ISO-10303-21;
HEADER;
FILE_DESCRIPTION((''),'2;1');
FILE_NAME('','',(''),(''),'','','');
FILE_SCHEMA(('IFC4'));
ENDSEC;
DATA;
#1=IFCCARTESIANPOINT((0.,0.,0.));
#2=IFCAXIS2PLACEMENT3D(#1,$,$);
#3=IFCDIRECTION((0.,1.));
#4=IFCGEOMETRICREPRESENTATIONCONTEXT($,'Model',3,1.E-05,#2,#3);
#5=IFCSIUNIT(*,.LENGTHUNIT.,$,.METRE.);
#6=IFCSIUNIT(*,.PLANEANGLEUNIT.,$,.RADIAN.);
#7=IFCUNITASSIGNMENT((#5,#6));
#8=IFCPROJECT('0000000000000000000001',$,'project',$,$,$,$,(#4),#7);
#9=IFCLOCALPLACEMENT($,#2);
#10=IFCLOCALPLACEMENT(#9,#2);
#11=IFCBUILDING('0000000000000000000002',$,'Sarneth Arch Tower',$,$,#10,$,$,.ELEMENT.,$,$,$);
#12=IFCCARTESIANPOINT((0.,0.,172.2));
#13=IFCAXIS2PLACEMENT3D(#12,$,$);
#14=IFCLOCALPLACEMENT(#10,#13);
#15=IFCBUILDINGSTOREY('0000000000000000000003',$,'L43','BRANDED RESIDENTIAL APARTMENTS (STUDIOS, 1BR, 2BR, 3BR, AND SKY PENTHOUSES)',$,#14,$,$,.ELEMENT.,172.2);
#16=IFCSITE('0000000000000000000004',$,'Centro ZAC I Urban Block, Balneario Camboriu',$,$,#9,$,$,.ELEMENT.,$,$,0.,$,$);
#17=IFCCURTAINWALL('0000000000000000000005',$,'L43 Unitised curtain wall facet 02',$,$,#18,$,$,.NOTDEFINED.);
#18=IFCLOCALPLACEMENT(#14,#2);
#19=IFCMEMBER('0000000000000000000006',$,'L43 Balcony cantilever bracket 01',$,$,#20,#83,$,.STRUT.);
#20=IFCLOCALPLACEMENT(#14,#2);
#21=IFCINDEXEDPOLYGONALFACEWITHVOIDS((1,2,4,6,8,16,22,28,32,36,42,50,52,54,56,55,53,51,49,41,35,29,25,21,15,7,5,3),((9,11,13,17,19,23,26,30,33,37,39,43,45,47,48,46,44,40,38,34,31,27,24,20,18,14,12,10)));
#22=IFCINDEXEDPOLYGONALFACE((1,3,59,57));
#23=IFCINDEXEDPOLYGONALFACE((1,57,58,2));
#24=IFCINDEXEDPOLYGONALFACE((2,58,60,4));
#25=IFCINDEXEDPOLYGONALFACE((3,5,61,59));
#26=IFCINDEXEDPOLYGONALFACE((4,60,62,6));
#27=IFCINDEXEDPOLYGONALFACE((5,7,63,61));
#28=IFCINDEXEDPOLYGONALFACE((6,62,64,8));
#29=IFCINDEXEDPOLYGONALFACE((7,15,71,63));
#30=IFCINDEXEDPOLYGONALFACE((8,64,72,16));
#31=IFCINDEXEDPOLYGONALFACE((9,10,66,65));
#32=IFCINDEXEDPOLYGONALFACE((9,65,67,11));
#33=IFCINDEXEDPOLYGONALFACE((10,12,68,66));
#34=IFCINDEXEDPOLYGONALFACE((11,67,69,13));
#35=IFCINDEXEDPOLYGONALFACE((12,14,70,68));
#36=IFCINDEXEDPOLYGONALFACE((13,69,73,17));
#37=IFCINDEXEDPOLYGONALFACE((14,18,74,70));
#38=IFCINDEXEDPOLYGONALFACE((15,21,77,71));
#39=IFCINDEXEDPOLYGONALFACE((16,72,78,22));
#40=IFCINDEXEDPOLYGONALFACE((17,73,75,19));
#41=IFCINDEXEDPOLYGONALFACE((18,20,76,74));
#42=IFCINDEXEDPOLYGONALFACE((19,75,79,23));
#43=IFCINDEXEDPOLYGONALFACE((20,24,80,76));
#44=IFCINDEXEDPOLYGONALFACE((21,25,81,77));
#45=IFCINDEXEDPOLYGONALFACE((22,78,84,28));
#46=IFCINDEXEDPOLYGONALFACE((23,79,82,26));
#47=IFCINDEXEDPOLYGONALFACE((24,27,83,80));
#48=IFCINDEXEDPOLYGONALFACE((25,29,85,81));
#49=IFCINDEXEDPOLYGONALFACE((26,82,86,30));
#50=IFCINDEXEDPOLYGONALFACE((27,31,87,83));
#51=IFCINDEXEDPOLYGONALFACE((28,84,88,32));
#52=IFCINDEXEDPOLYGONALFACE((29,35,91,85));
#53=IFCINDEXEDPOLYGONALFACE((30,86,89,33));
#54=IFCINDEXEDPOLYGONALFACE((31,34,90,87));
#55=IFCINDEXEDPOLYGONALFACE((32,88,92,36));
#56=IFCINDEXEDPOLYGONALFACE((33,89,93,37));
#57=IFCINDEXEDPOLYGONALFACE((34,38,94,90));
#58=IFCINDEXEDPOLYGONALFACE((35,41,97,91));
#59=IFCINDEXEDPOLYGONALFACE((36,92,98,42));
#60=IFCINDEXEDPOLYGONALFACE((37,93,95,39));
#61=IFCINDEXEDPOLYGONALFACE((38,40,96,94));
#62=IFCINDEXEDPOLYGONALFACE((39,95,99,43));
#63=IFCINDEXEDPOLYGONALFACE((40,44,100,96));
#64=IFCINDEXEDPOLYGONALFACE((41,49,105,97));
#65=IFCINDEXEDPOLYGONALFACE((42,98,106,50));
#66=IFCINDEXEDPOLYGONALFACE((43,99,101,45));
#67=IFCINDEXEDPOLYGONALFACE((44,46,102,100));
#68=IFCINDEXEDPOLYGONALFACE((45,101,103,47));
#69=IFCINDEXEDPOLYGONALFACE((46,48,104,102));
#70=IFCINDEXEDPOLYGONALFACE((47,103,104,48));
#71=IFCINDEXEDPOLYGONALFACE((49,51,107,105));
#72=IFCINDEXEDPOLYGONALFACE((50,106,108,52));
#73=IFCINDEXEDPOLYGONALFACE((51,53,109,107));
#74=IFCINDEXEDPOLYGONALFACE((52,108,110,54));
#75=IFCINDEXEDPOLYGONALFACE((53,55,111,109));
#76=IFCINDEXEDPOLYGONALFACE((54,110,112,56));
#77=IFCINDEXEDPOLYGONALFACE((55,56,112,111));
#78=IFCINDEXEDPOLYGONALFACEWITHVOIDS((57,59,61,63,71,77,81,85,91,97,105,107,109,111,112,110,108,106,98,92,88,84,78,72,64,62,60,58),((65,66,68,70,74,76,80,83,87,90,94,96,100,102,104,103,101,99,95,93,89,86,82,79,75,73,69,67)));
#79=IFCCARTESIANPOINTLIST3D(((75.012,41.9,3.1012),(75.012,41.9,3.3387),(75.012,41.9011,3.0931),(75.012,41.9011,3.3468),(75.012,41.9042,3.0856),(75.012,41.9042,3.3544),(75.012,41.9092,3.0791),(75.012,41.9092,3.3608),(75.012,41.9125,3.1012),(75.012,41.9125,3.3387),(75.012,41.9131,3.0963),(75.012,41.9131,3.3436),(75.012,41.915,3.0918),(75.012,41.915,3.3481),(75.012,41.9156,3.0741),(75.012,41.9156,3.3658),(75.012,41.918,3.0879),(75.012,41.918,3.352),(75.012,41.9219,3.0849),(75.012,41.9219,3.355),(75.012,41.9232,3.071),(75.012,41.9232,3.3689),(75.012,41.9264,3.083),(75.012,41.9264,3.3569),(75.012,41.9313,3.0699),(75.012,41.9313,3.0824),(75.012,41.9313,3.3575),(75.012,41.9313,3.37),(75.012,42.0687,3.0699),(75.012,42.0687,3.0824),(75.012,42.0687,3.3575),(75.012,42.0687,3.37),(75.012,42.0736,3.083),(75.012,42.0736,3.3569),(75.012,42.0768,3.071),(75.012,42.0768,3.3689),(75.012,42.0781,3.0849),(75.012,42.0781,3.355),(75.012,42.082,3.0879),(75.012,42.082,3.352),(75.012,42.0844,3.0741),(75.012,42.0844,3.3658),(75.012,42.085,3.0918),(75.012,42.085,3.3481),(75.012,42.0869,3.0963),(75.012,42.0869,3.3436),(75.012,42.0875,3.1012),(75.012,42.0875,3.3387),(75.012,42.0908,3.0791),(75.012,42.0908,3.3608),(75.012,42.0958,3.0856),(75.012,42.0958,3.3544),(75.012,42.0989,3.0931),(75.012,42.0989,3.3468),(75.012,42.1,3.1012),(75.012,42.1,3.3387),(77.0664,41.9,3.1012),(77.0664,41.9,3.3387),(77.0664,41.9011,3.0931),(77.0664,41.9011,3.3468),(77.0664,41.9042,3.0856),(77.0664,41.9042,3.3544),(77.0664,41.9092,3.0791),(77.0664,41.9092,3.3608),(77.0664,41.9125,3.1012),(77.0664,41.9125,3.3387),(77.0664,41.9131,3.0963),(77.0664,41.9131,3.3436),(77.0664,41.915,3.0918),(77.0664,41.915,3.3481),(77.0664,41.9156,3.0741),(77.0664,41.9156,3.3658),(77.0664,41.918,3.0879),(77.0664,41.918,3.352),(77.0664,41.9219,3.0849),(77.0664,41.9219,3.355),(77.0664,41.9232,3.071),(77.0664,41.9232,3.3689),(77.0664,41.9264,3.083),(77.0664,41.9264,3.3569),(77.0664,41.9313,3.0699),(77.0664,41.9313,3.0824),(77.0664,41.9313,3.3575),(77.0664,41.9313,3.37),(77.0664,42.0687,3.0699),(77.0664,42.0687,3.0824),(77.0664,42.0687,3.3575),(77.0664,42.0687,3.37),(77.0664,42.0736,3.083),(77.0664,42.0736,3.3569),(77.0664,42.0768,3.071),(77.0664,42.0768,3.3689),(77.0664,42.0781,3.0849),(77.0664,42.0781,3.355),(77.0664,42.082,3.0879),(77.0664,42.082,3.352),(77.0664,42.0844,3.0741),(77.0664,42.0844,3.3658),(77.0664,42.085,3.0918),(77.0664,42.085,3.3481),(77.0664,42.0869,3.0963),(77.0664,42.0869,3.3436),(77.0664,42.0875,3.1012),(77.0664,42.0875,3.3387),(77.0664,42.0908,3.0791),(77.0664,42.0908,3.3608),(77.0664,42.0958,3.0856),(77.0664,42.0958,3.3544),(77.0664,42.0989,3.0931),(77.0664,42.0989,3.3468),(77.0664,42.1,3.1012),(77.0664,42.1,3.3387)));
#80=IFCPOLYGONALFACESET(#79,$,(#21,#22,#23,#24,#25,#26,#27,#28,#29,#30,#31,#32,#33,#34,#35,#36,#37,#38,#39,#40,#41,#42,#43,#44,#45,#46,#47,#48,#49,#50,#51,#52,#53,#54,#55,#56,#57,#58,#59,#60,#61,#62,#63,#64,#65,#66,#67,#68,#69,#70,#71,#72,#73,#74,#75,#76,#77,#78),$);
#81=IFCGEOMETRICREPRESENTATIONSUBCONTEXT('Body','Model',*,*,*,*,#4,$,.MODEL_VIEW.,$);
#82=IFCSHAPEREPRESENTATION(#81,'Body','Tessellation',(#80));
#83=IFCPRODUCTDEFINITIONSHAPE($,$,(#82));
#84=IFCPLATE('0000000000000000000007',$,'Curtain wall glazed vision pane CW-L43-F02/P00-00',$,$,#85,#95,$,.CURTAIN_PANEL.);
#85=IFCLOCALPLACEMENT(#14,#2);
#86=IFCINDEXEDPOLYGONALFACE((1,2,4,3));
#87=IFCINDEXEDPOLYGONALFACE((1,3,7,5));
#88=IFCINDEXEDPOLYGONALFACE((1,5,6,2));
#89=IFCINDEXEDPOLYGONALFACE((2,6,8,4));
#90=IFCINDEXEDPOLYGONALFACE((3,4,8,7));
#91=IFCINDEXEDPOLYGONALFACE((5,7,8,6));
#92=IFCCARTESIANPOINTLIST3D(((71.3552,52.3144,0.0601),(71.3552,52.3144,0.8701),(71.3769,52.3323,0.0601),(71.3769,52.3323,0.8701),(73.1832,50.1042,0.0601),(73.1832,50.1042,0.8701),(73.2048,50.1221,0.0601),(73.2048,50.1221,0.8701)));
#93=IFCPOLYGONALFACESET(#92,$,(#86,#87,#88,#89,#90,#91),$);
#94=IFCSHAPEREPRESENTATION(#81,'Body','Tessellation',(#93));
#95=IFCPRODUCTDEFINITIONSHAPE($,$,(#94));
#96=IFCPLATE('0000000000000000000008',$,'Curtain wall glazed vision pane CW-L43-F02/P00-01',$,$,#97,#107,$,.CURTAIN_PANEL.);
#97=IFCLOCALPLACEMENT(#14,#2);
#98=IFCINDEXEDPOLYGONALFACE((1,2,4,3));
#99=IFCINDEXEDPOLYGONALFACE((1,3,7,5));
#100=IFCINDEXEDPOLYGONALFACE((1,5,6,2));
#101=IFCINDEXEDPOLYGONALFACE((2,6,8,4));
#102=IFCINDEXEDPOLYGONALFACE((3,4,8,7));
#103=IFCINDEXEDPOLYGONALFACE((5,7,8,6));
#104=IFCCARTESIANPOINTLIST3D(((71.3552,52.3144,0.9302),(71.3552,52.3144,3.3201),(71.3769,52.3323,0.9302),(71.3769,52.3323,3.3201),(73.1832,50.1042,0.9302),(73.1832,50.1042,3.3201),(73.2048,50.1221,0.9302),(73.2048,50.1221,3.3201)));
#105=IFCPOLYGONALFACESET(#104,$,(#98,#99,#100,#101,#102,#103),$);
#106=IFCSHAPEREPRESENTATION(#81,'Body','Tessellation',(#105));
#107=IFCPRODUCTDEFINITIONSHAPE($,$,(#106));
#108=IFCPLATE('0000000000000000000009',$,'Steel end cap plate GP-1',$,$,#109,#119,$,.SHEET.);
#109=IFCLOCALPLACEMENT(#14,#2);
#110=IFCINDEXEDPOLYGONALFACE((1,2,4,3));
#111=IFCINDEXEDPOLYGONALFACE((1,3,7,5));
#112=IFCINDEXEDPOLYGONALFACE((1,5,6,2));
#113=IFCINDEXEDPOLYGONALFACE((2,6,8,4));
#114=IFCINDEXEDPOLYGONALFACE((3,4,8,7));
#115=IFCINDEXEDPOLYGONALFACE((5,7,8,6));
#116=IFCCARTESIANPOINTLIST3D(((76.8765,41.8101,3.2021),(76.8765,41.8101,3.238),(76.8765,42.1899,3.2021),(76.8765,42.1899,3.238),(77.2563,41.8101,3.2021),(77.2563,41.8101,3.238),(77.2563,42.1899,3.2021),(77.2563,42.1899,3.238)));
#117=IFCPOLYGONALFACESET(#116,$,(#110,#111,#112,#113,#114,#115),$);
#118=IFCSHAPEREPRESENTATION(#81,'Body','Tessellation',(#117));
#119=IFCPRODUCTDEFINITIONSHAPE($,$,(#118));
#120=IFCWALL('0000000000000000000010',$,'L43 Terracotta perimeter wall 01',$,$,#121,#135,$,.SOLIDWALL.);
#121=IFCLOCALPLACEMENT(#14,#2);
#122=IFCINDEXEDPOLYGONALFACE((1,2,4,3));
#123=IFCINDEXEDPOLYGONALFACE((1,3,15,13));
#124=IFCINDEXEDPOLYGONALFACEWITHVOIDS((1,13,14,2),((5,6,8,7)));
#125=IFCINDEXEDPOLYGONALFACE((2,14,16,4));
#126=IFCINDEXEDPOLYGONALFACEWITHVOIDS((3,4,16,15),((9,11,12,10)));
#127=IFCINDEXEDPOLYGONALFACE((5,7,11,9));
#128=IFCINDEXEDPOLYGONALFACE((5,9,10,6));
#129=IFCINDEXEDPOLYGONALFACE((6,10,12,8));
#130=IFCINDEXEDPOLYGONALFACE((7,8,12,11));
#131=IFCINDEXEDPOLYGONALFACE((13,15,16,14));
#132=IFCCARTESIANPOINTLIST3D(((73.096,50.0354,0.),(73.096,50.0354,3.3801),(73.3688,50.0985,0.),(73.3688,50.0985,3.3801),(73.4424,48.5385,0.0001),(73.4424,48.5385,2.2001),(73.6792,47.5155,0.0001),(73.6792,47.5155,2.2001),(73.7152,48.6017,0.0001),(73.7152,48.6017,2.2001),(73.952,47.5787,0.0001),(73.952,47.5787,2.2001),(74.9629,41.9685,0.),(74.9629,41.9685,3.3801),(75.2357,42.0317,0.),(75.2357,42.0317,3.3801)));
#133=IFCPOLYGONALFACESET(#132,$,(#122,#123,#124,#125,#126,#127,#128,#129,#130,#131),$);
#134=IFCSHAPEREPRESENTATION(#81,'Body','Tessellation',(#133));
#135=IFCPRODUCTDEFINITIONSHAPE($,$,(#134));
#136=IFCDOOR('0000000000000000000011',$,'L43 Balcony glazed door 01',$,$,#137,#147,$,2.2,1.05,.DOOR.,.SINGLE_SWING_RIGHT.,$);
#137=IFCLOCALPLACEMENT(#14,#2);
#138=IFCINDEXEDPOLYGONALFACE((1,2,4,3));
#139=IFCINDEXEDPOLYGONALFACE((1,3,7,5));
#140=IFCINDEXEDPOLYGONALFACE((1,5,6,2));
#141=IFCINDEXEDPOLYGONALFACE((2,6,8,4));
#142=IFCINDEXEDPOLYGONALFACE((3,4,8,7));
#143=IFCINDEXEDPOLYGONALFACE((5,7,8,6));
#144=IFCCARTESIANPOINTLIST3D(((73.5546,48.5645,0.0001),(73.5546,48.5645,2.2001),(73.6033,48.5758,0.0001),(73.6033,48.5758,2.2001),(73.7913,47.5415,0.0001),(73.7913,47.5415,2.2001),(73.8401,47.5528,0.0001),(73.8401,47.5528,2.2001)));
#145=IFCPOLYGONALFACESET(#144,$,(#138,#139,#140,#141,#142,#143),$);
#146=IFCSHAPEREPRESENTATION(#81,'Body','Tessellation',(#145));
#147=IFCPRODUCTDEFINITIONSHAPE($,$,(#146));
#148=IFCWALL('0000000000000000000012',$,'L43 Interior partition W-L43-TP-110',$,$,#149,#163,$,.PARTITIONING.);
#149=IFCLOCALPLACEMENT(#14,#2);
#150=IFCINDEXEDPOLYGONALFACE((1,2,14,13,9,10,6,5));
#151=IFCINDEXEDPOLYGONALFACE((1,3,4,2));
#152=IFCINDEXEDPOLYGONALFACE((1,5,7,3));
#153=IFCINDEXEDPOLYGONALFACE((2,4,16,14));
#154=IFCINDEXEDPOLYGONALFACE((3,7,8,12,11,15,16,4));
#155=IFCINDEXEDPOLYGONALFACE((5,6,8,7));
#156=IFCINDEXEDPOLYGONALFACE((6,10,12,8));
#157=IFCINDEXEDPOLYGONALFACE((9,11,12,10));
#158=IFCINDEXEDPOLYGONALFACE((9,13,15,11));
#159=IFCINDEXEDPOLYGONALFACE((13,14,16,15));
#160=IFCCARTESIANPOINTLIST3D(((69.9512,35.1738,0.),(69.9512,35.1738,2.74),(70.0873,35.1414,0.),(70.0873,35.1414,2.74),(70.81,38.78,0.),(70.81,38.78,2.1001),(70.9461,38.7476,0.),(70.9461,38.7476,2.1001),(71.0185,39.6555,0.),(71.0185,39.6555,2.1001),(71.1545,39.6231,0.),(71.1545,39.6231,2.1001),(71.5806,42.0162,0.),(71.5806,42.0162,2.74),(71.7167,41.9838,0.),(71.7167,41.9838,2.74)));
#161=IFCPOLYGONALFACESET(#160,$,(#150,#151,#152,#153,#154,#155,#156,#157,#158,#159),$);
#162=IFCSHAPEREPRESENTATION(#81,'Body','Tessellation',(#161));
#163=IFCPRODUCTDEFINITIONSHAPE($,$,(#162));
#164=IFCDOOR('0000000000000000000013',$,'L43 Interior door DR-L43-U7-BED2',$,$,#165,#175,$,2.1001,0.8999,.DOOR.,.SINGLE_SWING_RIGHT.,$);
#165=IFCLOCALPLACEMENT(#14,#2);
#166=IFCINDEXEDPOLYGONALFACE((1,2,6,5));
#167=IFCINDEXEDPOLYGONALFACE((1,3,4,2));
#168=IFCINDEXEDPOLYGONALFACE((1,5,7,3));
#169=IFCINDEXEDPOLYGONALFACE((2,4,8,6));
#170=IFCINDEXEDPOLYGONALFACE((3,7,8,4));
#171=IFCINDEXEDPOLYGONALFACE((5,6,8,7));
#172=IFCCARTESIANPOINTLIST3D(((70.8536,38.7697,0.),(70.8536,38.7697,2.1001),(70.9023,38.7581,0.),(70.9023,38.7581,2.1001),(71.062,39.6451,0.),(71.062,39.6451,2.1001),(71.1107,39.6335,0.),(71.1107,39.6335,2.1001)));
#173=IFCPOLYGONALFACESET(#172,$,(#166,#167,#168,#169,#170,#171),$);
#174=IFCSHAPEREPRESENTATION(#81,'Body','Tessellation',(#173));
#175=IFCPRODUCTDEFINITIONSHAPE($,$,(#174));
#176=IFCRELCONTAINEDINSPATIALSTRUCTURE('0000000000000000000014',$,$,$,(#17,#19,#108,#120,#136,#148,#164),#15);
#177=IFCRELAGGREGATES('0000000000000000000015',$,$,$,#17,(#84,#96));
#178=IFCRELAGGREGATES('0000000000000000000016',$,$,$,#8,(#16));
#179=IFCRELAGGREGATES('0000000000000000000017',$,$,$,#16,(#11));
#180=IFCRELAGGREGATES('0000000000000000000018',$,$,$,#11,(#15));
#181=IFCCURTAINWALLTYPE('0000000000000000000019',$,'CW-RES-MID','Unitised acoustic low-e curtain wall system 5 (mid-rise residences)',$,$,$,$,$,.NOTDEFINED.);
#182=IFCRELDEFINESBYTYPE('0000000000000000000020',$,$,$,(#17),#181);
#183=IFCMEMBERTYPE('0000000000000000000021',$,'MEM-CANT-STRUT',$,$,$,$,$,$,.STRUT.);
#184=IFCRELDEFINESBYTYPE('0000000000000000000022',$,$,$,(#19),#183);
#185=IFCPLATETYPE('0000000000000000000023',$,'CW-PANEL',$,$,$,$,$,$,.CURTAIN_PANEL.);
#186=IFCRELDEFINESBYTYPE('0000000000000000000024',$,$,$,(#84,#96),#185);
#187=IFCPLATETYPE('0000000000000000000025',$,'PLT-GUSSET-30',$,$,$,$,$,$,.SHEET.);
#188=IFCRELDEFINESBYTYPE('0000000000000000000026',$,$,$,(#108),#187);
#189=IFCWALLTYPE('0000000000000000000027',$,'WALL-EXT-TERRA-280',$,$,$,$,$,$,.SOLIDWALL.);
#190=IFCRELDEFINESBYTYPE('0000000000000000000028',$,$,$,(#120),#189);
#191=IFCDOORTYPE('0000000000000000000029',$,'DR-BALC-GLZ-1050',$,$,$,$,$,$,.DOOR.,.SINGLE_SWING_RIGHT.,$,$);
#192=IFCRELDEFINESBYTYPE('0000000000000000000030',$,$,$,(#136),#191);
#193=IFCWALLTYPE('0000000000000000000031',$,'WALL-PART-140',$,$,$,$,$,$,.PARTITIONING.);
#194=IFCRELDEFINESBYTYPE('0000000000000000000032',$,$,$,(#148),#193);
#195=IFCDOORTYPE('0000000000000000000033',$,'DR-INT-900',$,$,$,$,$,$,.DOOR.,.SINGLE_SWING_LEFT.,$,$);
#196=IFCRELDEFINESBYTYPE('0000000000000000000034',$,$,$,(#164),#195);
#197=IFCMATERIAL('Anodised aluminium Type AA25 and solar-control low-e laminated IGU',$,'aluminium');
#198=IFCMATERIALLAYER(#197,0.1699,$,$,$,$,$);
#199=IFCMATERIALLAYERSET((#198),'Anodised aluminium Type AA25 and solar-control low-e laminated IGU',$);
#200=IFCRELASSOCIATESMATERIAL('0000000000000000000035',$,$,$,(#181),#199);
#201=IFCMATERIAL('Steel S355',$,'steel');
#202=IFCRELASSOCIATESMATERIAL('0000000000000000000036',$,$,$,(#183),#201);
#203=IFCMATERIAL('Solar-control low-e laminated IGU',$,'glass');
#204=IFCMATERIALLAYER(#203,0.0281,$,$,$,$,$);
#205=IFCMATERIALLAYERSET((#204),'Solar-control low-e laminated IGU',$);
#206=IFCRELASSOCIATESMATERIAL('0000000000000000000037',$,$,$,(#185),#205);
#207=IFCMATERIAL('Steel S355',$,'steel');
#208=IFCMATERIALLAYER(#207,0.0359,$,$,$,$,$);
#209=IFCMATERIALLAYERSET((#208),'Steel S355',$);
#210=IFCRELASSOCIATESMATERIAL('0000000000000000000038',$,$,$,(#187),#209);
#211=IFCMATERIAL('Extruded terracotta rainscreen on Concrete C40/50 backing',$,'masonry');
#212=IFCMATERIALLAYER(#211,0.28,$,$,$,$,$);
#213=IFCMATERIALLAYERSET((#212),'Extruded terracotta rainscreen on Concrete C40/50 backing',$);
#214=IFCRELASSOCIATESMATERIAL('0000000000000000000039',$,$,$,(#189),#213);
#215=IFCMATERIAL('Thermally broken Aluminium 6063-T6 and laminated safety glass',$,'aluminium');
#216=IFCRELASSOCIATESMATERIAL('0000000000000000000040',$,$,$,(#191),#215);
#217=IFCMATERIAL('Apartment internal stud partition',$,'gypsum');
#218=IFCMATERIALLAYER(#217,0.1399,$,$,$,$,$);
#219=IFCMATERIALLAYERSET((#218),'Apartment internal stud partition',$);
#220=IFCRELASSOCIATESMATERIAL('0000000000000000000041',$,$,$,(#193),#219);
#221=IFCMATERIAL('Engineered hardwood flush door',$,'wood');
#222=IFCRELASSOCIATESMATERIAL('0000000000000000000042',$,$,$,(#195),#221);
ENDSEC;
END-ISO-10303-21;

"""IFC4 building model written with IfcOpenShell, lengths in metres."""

from ifc_helpers import new_model, si_unit, direction, frame, frame_2d, origin, origin_2d, place, context, subcontext, project, spatial, rectangle, hollow_rectangle, extrude, material, layer, layer_set, material_profile, profile_set, type_object, element, fill, aggregate, save


model = new_model("IFC4")

# Units and contexts
model_context = context("Model", 3, precision=1e-05, world=origin(), true_north=direction((0.0, 1.0)))
body_context = subcontext(model_context, "Body", "Model", "MODEL_VIEW")
ifc_project = project(units=[si_unit("LENGTHUNIT", "METRE"), si_unit("PLANEANGLEUNIT", "RADIAN")], contexts=[model_context])

# Site, building, storey
site_placement = place(None, origin())
site = spatial("IfcSite", under=ifc_project, at=site_placement, Name="Centro ZAC I Urban Block, Balneario Camboriu", CompositionType="ELEMENT", RefElevation=0.0)
building_placement = place(site_placement, origin())
building = spatial("IfcBuilding", under=site, at=building_placement, Name="Sarneth Arch Tower", CompositionType="ELEMENT")
storey_placement = place(building_placement, frame((0.0, 0.0, 172.2)))
storey = spatial("IfcBuildingStorey", under=building, at=storey_placement, Name="L43", Description="BRANDED RESIDENTIAL APARTMENTS (STUDIOS, 1BR, 2BR, 3BR, AND SKY PENTHOUSES)", CompositionType="ELEMENT", Elevation=172.2)

# Curtain wall
ifc_material_1 = material(Name="Anodised aluminium Type AA25 and solar-control low-e laminated IGU", Category="aluminium")
ifc_layer_1 = layer(ifc_material_1, 0.1699)
ifc_layer_set_1 = layer_set([ifc_layer_1], Name="Anodised aluminium Type AA25 and solar-control low-e laminated IGU")
curtain_wall_type = type_object("IfcCurtainWallType", Name="CW-RES-MID", Description="Unitised acoustic low-e curtain wall system 5 (mid-rise residences)", PredefinedType="NOTDEFINED", material=ifc_layer_set_1)
curtain_wall_placement = place(storey_placement, origin())
curtain_wall = element("IfcCurtainWall", 1, at=curtain_wall_placement, inside=storey, type_object=curtain_wall_type, Name="L43 Unitised curtain wall facet 02", PredefinedType="NOTDEFINED")

# Member
ifc_material_2 = material(Name="Steel S355", Category="steel")
ifc_material_profile_1 = material_profile(ifc_material_2, hollow_rectangle(XDim=0.2, YDim=0.3, WallThickness=0.0125, InnerFilletRadius=0.0188, OuterFilletRadius=0.0312, at=origin_2d()), Name="RHS300x200x12.5")
ifc_profile_set_1 = profile_set([ifc_material_profile_1], Name="Steel S355")
member_type_1 = type_object("IfcMemberType", Name="MEM-CANT-STRUT", PredefinedType="STRUT", material=ifc_profile_set_1)
member_1_placement = place(storey_placement, frame((75.012, 42.0, 3.22), z_axis=(1.0, 0.0, 0.0), x_axis=(0.0, 1.0, 0.0)))
element("IfcMember", 2, at=member_1_placement, inside=storey, type_object=member_type_1, Name="L43 Balcony cantilever bracket 01", PredefinedType="STRUT", context=body_context, shape_type="SweptSolid", body=[
    extrude(hollow_rectangle(XDim=0.2, YDim=0.3, WallThickness=0.0125, InnerFilletRadius=0.0188, OuterFilletRadius=0.0312, at=origin_2d()), origin(), (0.0, 0.0, 1.0), 2.0544),
])

# Plates
ifc_material_3 = material(Name="Solar-control low-e laminated IGU", Category="glass")
ifc_layer_2 = layer(ifc_material_3, 0.0281)
ifc_layer_set_2 = layer_set([ifc_layer_2], Name="Solar-control low-e laminated IGU")
plate_type_1 = type_object("IfcPlateType", Name="CW-PANEL", PredefinedType="CURTAIN_PANEL", material=ifc_layer_set_2)
plate_1_placement = place(storey_placement, frame((72.28, 51.2183, 0.0601), z_axis=(0.0, 0.0, 1.0), x_axis=(-0.63733, 0.770591, 0.0)))
plate_1 = element("IfcPlate", 3, at=plate_1_placement, type_object=plate_type_1, Name="Curtain wall glazed vision pane CW-L43-F02/P00-00", PredefinedType="CURTAIN_PANEL", context=body_context, shape_type="SweptSolid", body=[
    extrude(rectangle(XDim=2.8682, YDim=0.0281, at=origin_2d()), origin(), (0.0, 0.0, 1.0), 0.8101),
])
plate_2_placement = place(storey_placement, frame((72.28, 51.2183, 0.9302), z_axis=(0.0, 0.0, 1.0), x_axis=(-0.63733, 0.770591, 0.0)))
plate_2 = element("IfcPlate", 4, at=plate_2_placement, type_object=plate_type_1, Name="Curtain wall glazed vision pane CW-L43-F02/P00-01", PredefinedType="CURTAIN_PANEL", context=body_context, shape_type="SweptSolid", body=[
    extrude(rectangle(XDim=2.8682, YDim=0.0281, at=origin_2d()), origin(), (0.0, 0.0, 1.0), 2.3899),
])
aggregate(curtain_wall, [plate_1, plate_2])
ifc_material_4 = material(Name="Steel S355", Category="steel")
ifc_layer_3 = layer(ifc_material_4, 0.0359)
ifc_layer_set_3 = layer_set([ifc_layer_3], Name="Steel S355")
plate_type_2 = type_object("IfcPlateType", Name="PLT-GUSSET-30", PredefinedType="SHEET", material=ifc_layer_set_3)
plate_3_placement = place(storey_placement, frame((77.0664, 42.0, 3.2021), z_axis=(0.0, 0.0, 1.0), x_axis=(1.0, 0.0, 0.0)))
element("IfcPlate", 5, at=plate_3_placement, inside=storey, type_object=plate_type_2, Name="Steel end cap plate GP-1", PredefinedType="SHEET", context=body_context, shape_type="SweptSolid", body=[
    extrude(rectangle(XDim=0.3799, YDim=0.3799, at=origin_2d()), origin(), (0.0, 0.0, 1.0), 0.0359),
])

# Walls, openings, doors
ifc_material_5 = material(Name="Extruded terracotta rainscreen on Concrete C40/50 backing", Category="masonry")
ifc_layer_4 = layer(ifc_material_5, 0.28)
ifc_layer_set_4 = layer_set([ifc_layer_4], Name="Extruded terracotta rainscreen on Concrete C40/50 backing")
wall_type_1 = type_object("IfcWallType", Name="WALL-EXT-TERRA-280", PredefinedType="SOLIDWALL", material=ifc_layer_set_4)
wall_1_placement = place(storey_placement, frame((75.0994, 42.0, 0.0), z_axis=(0.0, 0.0, 1.0), x_axis=(-0.225473, 0.974249, 0.0)))
wall_1 = element("IfcWall", 6, at=wall_1_placement, inside=storey, type_object=wall_type_1, Name="L43 Terracotta perimeter wall 01", PredefinedType="SOLIDWALL", context=body_context, shape_type="SweptSolid", body=[
    extrude(rectangle(XDim=8.28, YDim=0.28, at=frame_2d((4.1401, 0.0))), origin(), (0.0, 0.0, 1.0), 3.3801),
])
opening_1_placement = place(wall_1_placement, frame((5.6938, 0.0, 0.0)))
opening_1 = element("IfcOpeningElement", 7, at=opening_1_placement, cuts=wall_1, PredefinedType="OPENING", context=body_context, shape_type="SweptSolid", body=[
    extrude(rectangle(XDim=1.05, YDim=2.2, at=frame_2d((0.5249, 1.1001))), frame((0.0, 0.1499, 0.0), z_axis=(0.0, -1.0, 0.0), x_axis=(1.0, 0.0, 0.0)), (0.0, 0.0, 1.0), 0.3),
])
ifc_material_6 = material(Name="Thermally broken Aluminium 6063-T6 and laminated safety glass", Category="aluminium")
door_type_1 = type_object("IfcDoorType", Name="DR-BALC-GLZ-1050", OperationType="SINGLE_SWING_RIGHT", PredefinedType="DOOR", material=ifc_material_6)
door_1_placement = place(opening_1_placement, origin())
door_1 = element("IfcDoor", 8, at=door_1_placement, inside=storey, type_object=door_type_1, Name="L43 Balcony glazed door 01", OperationType="SINGLE_SWING_RIGHT", OverallHeight=2.2, OverallWidth=1.05, PredefinedType="DOOR", context=body_context, shape_type="SweptSolid", body=[
    extrude(rectangle(XDim=1.05, YDim=2.2, at=frame_2d((0.5249, 1.1001))), frame((0.0, 0.0249, 0.0), z_axis=(0.0, -1.0, 0.0), x_axis=(1.0, 0.0, 0.0)), (0.0, 0.0, 1.0), 0.05),
])
fill(opening_1, door_1)
ifc_material_7 = material(Name="Apartment internal stud partition", Category="gypsum")
ifc_layer_5 = layer(ifc_material_7, 0.1399)
ifc_layer_set_5 = layer_set([ifc_layer_5], Name="Apartment internal stud partition")
wall_type_2 = type_object("IfcWallType", Name="WALL-PART-140", PredefinedType="PARTITIONING", material=ifc_layer_set_5)
wall_2_placement = place(storey_placement, frame((71.6487, 42.0, 0.0), z_axis=(0.0, 0.0, 1.0), x_axis=(-0.231658, -0.972797, 0.0)))
wall_2 = element("IfcWall", 9, at=wall_2_placement, inside=storey, type_object=wall_type_2, Name="L43 Interior partition W-L43-TP-110", PredefinedType="PARTITIONING", context=body_context, shape_type="SweptSolid", body=[
    extrude(rectangle(XDim=7.0337, YDim=0.1399, at=frame_2d((3.5168, 0.0))), origin(), (0.0, 0.0, 1.0), 2.74),
])
opening_2_placement = place(wall_2_placement, frame((2.4268, 0.0, 0.0)))
opening_2 = element("IfcOpeningElement", 10, at=opening_2_placement, cuts=wall_2, PredefinedType="OPENING", context=body_context, shape_type="SweptSolid", body=[
    extrude(rectangle(XDim=0.8999, YDim=2.1001, at=frame_2d((0.45, 1.05))), frame((0.0, 0.0798, 0.0), z_axis=(0.0, -1.0, 0.0), x_axis=(1.0, 0.0, 0.0)), (0.0, 0.0, 1.0), 0.1599),
])
ifc_material_8 = material(Name="Engineered hardwood flush door", Category="wood")
door_type_2 = type_object("IfcDoorType", Name="DR-INT-900", OperationType="SINGLE_SWING_LEFT", PredefinedType="DOOR", material=ifc_material_8)
door_2_placement = place(opening_2_placement, origin())
door_2 = element("IfcDoor", 11, at=door_2_placement, inside=storey, type_object=door_type_2, Name="L43 Interior door DR-L43-U7-BED2", OperationType="SINGLE_SWING_RIGHT", OverallHeight=2.1001, OverallWidth=0.8999, PredefinedType="DOOR", context=body_context, shape_type="SweptSolid", body=[
    extrude(rectangle(XDim=0.8999, YDim=2.1001, at=frame_2d((0.45, 1.05))), frame((0.0, 0.0249, 0.0), z_axis=(0.0, -1.0, 0.0), x_axis=(1.0, 0.0, 0.0)), (0.0, 0.0, 1.0), 0.05),
])
fill(opening_2, door_2)

save(model, "model.ifc")
